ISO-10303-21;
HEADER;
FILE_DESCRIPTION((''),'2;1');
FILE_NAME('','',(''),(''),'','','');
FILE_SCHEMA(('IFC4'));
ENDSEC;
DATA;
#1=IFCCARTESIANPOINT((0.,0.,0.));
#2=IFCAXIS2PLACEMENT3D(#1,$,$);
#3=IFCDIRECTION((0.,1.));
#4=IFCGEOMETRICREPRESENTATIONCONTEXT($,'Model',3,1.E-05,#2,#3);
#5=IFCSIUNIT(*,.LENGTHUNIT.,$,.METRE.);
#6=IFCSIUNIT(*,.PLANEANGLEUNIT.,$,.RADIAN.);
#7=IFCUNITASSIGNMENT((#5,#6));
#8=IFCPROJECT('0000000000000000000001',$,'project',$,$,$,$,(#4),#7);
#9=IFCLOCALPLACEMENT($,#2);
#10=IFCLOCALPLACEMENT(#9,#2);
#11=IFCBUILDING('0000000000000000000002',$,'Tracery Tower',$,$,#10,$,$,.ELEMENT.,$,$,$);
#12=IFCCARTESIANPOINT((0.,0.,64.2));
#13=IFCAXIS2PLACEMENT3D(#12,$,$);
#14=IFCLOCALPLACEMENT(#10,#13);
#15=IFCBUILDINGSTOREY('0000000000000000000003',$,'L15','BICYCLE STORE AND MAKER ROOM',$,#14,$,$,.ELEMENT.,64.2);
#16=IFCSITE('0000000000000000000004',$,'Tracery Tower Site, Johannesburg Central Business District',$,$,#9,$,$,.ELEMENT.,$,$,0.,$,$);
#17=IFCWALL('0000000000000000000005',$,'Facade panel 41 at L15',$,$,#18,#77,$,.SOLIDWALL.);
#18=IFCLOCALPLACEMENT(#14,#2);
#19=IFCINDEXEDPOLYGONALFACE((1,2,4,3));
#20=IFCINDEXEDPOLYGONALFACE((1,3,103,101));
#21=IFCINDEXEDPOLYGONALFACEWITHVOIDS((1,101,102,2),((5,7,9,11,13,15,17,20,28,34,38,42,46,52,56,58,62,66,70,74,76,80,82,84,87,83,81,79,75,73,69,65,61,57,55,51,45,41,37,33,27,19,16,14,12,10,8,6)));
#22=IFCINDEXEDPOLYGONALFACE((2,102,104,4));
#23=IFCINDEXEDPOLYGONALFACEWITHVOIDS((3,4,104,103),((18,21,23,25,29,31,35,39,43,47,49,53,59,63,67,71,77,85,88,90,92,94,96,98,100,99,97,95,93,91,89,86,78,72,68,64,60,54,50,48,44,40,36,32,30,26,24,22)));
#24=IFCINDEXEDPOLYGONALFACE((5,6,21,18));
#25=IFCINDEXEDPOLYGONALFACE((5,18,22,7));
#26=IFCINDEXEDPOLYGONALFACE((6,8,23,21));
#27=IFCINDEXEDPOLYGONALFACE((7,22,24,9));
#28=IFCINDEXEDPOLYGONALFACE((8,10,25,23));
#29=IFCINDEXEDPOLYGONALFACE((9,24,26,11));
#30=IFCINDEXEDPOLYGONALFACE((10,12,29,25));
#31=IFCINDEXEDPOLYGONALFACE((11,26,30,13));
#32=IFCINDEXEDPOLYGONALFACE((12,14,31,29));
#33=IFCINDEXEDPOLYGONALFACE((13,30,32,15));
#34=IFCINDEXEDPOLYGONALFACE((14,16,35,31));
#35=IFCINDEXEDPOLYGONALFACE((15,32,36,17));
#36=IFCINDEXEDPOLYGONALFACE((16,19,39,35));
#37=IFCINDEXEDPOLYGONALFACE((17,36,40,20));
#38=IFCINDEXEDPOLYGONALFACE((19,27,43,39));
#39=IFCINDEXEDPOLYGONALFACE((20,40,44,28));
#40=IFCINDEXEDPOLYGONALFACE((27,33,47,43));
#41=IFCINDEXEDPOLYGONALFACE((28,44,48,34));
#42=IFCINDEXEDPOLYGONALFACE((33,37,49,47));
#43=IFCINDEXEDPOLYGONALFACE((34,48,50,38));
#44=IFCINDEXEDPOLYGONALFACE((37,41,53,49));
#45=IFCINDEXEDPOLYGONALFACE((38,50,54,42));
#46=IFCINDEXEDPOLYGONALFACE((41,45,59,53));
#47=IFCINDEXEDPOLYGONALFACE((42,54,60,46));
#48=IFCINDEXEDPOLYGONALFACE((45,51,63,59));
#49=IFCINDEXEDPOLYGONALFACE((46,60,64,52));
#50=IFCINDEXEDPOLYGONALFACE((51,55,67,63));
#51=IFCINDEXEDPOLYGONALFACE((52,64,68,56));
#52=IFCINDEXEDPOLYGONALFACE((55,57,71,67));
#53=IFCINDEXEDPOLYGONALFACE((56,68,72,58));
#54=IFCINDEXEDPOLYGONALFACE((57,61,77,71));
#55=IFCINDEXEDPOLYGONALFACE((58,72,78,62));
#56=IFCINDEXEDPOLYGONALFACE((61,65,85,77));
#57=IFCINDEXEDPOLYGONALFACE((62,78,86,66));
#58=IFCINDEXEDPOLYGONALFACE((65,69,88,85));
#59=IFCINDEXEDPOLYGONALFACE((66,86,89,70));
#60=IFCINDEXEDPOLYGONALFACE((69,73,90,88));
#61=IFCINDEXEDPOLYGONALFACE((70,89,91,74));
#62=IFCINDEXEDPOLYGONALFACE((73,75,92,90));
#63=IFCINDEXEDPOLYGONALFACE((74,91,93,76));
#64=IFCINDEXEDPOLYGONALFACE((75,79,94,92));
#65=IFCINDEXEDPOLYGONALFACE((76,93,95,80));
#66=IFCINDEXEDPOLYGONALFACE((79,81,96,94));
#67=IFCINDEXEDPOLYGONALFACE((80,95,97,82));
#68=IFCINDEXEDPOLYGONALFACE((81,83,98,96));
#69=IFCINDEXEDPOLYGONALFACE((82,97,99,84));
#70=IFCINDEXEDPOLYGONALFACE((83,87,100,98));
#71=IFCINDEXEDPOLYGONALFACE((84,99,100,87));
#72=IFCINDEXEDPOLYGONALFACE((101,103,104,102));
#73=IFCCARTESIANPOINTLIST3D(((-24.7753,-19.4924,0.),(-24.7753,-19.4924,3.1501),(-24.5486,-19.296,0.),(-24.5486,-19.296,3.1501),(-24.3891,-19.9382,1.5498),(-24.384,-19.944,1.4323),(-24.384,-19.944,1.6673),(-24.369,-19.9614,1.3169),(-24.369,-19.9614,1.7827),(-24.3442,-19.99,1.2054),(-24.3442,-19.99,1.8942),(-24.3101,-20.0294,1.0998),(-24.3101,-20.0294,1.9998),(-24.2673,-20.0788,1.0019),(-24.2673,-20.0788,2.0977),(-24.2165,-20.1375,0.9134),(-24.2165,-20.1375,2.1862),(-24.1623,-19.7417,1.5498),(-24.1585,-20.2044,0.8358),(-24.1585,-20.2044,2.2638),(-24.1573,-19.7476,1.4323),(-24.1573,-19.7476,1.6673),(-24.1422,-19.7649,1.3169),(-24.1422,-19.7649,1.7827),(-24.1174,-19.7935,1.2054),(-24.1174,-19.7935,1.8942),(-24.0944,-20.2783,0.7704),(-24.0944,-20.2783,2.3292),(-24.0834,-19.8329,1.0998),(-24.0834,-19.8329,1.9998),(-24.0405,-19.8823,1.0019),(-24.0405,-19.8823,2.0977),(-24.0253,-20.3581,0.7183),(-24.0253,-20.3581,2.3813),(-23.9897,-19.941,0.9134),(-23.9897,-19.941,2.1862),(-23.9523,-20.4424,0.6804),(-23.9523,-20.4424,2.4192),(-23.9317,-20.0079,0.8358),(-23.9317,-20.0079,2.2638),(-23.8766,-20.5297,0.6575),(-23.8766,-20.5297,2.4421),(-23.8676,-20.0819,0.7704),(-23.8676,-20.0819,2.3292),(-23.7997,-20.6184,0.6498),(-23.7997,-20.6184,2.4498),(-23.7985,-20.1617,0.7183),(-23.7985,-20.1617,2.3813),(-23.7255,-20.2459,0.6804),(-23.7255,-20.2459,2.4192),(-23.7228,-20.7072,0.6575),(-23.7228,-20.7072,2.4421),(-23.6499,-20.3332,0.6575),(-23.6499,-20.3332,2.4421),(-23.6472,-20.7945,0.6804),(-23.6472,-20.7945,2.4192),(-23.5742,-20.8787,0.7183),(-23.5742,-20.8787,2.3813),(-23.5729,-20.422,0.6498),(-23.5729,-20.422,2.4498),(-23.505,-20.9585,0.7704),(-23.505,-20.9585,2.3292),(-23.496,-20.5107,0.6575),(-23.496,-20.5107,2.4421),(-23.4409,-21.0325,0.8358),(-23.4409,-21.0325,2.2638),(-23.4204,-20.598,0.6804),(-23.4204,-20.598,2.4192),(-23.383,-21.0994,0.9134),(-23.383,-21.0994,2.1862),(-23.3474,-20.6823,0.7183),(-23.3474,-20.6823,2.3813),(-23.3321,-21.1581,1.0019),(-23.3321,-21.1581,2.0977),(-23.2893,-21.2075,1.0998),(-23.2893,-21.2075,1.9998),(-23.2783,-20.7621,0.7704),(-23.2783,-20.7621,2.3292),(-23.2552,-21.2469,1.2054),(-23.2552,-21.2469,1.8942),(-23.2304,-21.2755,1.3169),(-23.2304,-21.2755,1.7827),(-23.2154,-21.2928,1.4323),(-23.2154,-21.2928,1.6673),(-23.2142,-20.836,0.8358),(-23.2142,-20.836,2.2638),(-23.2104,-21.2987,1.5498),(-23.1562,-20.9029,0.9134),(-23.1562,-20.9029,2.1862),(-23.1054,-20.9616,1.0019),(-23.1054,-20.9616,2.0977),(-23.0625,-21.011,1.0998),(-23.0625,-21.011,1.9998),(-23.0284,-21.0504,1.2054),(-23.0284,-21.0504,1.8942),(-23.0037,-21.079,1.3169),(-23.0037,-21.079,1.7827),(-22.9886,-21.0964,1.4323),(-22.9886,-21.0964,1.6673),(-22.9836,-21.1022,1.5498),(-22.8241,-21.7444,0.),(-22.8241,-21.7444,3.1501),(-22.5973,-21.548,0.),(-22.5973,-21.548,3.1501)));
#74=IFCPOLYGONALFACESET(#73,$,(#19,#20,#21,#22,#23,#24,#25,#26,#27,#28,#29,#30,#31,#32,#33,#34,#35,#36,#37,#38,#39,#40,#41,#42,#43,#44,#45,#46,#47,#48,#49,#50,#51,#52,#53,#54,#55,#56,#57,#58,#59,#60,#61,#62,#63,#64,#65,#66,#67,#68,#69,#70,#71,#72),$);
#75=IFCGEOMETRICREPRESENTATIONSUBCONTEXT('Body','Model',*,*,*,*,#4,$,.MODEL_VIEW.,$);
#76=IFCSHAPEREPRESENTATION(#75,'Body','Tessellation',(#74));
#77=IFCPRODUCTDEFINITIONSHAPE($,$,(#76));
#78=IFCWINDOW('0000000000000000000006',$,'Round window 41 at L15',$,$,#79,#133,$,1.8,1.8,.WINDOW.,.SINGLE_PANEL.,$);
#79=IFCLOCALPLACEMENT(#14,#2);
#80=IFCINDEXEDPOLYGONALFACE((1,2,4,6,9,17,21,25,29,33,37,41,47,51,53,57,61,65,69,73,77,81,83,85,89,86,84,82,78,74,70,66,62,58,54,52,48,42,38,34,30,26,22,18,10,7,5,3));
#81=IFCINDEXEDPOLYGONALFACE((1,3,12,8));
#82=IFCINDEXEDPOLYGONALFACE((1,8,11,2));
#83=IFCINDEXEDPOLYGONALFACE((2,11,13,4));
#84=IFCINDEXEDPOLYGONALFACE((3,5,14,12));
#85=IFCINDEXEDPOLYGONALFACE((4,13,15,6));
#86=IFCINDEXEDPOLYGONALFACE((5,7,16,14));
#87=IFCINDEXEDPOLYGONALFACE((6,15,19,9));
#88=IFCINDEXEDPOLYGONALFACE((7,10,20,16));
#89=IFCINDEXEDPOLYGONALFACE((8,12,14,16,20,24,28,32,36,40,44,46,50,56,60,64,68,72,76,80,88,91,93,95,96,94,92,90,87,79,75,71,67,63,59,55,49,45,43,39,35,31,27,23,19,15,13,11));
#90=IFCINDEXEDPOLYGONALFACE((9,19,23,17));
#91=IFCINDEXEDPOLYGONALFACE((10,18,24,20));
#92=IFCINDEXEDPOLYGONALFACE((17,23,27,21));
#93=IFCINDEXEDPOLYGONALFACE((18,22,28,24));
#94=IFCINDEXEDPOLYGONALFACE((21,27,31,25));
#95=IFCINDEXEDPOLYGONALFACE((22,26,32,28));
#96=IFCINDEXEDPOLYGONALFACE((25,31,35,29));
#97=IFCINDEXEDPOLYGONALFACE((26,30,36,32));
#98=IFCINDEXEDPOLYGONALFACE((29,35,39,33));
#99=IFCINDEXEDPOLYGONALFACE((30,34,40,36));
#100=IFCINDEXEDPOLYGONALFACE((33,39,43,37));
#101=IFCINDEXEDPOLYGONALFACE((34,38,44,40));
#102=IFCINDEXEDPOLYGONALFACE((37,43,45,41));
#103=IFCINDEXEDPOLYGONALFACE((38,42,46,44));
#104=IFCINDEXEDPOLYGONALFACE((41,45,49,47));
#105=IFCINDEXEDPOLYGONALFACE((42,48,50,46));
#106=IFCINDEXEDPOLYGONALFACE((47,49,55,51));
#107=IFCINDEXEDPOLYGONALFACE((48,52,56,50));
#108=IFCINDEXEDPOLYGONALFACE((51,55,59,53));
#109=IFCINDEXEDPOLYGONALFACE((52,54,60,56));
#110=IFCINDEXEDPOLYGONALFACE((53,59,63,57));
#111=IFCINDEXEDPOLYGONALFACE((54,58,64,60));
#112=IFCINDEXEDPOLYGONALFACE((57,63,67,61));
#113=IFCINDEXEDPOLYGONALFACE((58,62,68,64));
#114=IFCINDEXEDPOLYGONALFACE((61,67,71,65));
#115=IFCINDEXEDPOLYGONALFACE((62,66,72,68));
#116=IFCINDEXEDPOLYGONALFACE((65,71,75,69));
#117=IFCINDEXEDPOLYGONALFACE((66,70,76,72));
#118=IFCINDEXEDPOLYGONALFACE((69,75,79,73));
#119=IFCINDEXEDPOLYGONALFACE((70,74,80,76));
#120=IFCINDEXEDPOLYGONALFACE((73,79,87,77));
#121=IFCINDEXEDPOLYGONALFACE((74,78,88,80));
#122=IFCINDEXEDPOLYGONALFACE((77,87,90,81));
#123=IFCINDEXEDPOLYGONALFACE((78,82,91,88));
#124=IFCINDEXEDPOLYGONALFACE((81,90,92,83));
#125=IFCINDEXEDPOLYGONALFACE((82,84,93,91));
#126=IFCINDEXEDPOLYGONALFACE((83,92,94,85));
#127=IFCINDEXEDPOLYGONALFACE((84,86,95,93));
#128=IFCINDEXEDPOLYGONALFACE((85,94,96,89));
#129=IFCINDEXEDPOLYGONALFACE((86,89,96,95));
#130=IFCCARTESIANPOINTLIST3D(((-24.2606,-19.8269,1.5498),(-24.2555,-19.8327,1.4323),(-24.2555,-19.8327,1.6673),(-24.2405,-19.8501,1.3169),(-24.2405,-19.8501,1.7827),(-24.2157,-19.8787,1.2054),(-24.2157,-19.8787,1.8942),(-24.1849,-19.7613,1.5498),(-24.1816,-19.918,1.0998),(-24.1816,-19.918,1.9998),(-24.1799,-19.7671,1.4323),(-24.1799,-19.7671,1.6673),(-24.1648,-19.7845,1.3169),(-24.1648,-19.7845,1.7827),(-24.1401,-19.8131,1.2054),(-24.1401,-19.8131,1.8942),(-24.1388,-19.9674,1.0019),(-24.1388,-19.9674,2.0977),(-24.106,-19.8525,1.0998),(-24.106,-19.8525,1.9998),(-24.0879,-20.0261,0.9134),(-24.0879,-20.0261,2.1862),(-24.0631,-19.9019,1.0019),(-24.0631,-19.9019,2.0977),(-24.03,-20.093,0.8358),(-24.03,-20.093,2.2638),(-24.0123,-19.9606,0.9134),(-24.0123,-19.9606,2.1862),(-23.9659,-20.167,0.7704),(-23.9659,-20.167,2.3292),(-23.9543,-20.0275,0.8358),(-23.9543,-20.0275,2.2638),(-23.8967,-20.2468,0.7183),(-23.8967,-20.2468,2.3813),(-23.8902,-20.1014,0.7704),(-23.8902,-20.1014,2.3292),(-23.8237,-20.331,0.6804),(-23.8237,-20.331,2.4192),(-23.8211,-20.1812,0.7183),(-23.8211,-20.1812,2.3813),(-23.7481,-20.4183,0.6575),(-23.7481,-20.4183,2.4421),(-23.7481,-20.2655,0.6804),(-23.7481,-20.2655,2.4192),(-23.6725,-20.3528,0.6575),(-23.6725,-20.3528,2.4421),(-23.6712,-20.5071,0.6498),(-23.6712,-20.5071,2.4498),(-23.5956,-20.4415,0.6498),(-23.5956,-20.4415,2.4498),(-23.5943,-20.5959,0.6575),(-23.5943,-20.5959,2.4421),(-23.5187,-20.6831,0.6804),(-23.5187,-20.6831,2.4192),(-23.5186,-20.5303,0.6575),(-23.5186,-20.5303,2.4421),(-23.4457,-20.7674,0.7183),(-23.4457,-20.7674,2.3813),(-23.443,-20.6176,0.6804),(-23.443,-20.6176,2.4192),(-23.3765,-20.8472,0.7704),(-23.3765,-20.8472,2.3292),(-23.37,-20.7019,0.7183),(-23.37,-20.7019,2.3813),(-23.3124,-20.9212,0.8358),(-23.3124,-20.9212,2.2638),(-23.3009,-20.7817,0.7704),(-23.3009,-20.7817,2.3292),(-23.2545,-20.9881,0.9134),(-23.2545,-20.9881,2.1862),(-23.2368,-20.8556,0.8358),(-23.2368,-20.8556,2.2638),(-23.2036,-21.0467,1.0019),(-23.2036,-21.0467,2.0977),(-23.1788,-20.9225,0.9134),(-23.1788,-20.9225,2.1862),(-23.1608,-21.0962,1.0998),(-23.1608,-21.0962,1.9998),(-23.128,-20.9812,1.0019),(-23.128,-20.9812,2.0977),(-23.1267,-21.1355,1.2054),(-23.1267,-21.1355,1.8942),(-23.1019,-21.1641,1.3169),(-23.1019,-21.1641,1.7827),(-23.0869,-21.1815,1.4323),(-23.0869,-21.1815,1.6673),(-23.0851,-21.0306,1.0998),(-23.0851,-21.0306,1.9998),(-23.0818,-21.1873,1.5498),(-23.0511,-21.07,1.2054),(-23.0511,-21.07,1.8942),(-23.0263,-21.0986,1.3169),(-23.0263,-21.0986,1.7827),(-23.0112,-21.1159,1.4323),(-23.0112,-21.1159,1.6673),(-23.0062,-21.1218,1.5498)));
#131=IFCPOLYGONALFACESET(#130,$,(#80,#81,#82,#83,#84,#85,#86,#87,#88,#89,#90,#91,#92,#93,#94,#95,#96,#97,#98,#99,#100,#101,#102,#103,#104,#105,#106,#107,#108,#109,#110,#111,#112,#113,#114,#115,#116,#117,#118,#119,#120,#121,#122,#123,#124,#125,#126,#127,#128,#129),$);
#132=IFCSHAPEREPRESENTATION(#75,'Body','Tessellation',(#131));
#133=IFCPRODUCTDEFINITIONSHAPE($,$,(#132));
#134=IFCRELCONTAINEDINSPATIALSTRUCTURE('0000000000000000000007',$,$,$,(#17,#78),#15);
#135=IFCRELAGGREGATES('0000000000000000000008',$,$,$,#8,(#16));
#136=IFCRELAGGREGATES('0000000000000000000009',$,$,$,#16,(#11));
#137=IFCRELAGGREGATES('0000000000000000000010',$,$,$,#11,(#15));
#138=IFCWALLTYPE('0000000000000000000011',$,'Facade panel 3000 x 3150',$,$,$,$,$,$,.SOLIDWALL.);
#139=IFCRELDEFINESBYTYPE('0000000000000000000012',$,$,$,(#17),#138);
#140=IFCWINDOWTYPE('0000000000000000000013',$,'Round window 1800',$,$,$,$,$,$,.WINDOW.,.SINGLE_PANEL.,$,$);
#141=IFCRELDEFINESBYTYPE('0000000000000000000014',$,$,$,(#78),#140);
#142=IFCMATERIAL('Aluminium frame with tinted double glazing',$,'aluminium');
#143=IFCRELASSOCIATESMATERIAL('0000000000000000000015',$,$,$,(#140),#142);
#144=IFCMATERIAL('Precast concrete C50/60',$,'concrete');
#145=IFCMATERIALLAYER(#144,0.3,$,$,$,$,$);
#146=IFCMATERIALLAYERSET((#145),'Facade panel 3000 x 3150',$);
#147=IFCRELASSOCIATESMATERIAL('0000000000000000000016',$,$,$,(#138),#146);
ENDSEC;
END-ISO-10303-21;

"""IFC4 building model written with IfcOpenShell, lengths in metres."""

from ifc_helpers import new_model, si_unit, direction, frame, frame_2d, origin, origin_2d, place, context, subcontext, project, spatial, rectangle, circle, extrude, material, layer, layer_set, type_object, element, fill, save


model = new_model("IFC4")

# Units and contexts
model_context = context("Model", 3, precision=1e-05, world=origin(), true_north=direction((0.0, 1.0)))
body_context = subcontext(model_context, "Body", "Model", "MODEL_VIEW")
ifc_project = project(units=[si_unit("LENGTHUNIT", "METRE"), si_unit("PLANEANGLEUNIT", "RADIAN")], contexts=[model_context])

# Site, building, storey
site_placement = place(None, origin())
site = spatial("IfcSite", under=ifc_project, at=site_placement, Name="Tracery Tower Site, Johannesburg Central Business District", CompositionType="ELEMENT", RefElevation=0.0)
building_placement = place(site_placement, origin())
building = spatial("IfcBuilding", under=site, at=building_placement, Name="Tracery Tower", CompositionType="ELEMENT")
storey_placement = place(building_placement, frame((0.0, 0.0, 64.2)))
storey = spatial("IfcBuildingStorey", under=building, at=storey_placement, Name="L15", Description="BICYCLE STORE AND MAKER ROOM", CompositionType="ELEMENT", Elevation=64.2)

# Wall, opening, window
ifc_material_1 = material(Name="Aluminium frame with tinted double glazing", Category="aluminium")
window_type = type_object("IfcWindowType", Name="Round window 1800", PartitioningType="SINGLE_PANEL", PredefinedType="WINDOW", material=ifc_material_1)
ifc_material_2 = material(Name="Precast concrete C50/60", Category="concrete")
ifc_layer_1 = layer(ifc_material_2, 0.3)
ifc_layer_set_1 = layer_set([ifc_layer_1], Name="Facade panel 3000 x 3150")
wall_type_1 = type_object("IfcWallType", Name="Facade panel 3000 x 3150", PredefinedType="SOLIDWALL", material=ifc_layer_set_1)
wall_1_placement = place(storey_placement, frame((-24.6619, -19.3943, 0.0), z_axis=(0.0, 0.0, 1.0), x_axis=(0.654831, -0.755776, 0.0)))
wall_1 = element("IfcWall", 1, at=wall_1_placement, inside=storey, type_object=wall_type_1, Name="Facade panel 41 at L15", PredefinedType="SOLIDWALL", context=body_context, shape_type="SweptSolid", body=[
    extrude(rectangle(XDim=2.9797, YDim=0.3, at=frame_2d((1.4897, 0.0))), origin(), (0.0, 0.0, 1.0), 3.1501),
])
opening_1_placement = place(wall_1_placement, frame((1.4897, 0.0, 1.5498)))
opening_1 = element("IfcOpeningElement", 2, at=opening_1_placement, cuts=wall_1, PredefinedType="OPENING", context=body_context, shape_type="SweptSolid", body=[
    extrude(circle(Radius=0.9, at=origin_2d()), frame((0.0, 0.1599, 0.0), z_axis=(0.0, -1.0, 0.0), x_axis=(1.0, 0.0, 0.0)), (0.0, 0.0, 1.0), 0.3201),
])
window_1_placement = place(opening_1_placement, origin())
window_1 = element("IfcWindow", 3, at=window_1_placement, inside=storey, type_object=window_type, Name="Round window 41 at L15", OverallHeight=1.8, OverallWidth=1.8, PartitioningType="SINGLE_PANEL", PredefinedType="WINDOW", context=body_context, shape_type="SweptSolid", body=[
    extrude(circle(Radius=0.9, at=origin_2d()), frame((0.0, 0.1201, 0.0), z_axis=(0.0, -1.0, 0.0), x_axis=(1.0, 0.0, 0.0)), (0.0, 0.0, 1.0), 0.1001),
])
fill(opening_1, window_1)

save(model, "model.ifc")
